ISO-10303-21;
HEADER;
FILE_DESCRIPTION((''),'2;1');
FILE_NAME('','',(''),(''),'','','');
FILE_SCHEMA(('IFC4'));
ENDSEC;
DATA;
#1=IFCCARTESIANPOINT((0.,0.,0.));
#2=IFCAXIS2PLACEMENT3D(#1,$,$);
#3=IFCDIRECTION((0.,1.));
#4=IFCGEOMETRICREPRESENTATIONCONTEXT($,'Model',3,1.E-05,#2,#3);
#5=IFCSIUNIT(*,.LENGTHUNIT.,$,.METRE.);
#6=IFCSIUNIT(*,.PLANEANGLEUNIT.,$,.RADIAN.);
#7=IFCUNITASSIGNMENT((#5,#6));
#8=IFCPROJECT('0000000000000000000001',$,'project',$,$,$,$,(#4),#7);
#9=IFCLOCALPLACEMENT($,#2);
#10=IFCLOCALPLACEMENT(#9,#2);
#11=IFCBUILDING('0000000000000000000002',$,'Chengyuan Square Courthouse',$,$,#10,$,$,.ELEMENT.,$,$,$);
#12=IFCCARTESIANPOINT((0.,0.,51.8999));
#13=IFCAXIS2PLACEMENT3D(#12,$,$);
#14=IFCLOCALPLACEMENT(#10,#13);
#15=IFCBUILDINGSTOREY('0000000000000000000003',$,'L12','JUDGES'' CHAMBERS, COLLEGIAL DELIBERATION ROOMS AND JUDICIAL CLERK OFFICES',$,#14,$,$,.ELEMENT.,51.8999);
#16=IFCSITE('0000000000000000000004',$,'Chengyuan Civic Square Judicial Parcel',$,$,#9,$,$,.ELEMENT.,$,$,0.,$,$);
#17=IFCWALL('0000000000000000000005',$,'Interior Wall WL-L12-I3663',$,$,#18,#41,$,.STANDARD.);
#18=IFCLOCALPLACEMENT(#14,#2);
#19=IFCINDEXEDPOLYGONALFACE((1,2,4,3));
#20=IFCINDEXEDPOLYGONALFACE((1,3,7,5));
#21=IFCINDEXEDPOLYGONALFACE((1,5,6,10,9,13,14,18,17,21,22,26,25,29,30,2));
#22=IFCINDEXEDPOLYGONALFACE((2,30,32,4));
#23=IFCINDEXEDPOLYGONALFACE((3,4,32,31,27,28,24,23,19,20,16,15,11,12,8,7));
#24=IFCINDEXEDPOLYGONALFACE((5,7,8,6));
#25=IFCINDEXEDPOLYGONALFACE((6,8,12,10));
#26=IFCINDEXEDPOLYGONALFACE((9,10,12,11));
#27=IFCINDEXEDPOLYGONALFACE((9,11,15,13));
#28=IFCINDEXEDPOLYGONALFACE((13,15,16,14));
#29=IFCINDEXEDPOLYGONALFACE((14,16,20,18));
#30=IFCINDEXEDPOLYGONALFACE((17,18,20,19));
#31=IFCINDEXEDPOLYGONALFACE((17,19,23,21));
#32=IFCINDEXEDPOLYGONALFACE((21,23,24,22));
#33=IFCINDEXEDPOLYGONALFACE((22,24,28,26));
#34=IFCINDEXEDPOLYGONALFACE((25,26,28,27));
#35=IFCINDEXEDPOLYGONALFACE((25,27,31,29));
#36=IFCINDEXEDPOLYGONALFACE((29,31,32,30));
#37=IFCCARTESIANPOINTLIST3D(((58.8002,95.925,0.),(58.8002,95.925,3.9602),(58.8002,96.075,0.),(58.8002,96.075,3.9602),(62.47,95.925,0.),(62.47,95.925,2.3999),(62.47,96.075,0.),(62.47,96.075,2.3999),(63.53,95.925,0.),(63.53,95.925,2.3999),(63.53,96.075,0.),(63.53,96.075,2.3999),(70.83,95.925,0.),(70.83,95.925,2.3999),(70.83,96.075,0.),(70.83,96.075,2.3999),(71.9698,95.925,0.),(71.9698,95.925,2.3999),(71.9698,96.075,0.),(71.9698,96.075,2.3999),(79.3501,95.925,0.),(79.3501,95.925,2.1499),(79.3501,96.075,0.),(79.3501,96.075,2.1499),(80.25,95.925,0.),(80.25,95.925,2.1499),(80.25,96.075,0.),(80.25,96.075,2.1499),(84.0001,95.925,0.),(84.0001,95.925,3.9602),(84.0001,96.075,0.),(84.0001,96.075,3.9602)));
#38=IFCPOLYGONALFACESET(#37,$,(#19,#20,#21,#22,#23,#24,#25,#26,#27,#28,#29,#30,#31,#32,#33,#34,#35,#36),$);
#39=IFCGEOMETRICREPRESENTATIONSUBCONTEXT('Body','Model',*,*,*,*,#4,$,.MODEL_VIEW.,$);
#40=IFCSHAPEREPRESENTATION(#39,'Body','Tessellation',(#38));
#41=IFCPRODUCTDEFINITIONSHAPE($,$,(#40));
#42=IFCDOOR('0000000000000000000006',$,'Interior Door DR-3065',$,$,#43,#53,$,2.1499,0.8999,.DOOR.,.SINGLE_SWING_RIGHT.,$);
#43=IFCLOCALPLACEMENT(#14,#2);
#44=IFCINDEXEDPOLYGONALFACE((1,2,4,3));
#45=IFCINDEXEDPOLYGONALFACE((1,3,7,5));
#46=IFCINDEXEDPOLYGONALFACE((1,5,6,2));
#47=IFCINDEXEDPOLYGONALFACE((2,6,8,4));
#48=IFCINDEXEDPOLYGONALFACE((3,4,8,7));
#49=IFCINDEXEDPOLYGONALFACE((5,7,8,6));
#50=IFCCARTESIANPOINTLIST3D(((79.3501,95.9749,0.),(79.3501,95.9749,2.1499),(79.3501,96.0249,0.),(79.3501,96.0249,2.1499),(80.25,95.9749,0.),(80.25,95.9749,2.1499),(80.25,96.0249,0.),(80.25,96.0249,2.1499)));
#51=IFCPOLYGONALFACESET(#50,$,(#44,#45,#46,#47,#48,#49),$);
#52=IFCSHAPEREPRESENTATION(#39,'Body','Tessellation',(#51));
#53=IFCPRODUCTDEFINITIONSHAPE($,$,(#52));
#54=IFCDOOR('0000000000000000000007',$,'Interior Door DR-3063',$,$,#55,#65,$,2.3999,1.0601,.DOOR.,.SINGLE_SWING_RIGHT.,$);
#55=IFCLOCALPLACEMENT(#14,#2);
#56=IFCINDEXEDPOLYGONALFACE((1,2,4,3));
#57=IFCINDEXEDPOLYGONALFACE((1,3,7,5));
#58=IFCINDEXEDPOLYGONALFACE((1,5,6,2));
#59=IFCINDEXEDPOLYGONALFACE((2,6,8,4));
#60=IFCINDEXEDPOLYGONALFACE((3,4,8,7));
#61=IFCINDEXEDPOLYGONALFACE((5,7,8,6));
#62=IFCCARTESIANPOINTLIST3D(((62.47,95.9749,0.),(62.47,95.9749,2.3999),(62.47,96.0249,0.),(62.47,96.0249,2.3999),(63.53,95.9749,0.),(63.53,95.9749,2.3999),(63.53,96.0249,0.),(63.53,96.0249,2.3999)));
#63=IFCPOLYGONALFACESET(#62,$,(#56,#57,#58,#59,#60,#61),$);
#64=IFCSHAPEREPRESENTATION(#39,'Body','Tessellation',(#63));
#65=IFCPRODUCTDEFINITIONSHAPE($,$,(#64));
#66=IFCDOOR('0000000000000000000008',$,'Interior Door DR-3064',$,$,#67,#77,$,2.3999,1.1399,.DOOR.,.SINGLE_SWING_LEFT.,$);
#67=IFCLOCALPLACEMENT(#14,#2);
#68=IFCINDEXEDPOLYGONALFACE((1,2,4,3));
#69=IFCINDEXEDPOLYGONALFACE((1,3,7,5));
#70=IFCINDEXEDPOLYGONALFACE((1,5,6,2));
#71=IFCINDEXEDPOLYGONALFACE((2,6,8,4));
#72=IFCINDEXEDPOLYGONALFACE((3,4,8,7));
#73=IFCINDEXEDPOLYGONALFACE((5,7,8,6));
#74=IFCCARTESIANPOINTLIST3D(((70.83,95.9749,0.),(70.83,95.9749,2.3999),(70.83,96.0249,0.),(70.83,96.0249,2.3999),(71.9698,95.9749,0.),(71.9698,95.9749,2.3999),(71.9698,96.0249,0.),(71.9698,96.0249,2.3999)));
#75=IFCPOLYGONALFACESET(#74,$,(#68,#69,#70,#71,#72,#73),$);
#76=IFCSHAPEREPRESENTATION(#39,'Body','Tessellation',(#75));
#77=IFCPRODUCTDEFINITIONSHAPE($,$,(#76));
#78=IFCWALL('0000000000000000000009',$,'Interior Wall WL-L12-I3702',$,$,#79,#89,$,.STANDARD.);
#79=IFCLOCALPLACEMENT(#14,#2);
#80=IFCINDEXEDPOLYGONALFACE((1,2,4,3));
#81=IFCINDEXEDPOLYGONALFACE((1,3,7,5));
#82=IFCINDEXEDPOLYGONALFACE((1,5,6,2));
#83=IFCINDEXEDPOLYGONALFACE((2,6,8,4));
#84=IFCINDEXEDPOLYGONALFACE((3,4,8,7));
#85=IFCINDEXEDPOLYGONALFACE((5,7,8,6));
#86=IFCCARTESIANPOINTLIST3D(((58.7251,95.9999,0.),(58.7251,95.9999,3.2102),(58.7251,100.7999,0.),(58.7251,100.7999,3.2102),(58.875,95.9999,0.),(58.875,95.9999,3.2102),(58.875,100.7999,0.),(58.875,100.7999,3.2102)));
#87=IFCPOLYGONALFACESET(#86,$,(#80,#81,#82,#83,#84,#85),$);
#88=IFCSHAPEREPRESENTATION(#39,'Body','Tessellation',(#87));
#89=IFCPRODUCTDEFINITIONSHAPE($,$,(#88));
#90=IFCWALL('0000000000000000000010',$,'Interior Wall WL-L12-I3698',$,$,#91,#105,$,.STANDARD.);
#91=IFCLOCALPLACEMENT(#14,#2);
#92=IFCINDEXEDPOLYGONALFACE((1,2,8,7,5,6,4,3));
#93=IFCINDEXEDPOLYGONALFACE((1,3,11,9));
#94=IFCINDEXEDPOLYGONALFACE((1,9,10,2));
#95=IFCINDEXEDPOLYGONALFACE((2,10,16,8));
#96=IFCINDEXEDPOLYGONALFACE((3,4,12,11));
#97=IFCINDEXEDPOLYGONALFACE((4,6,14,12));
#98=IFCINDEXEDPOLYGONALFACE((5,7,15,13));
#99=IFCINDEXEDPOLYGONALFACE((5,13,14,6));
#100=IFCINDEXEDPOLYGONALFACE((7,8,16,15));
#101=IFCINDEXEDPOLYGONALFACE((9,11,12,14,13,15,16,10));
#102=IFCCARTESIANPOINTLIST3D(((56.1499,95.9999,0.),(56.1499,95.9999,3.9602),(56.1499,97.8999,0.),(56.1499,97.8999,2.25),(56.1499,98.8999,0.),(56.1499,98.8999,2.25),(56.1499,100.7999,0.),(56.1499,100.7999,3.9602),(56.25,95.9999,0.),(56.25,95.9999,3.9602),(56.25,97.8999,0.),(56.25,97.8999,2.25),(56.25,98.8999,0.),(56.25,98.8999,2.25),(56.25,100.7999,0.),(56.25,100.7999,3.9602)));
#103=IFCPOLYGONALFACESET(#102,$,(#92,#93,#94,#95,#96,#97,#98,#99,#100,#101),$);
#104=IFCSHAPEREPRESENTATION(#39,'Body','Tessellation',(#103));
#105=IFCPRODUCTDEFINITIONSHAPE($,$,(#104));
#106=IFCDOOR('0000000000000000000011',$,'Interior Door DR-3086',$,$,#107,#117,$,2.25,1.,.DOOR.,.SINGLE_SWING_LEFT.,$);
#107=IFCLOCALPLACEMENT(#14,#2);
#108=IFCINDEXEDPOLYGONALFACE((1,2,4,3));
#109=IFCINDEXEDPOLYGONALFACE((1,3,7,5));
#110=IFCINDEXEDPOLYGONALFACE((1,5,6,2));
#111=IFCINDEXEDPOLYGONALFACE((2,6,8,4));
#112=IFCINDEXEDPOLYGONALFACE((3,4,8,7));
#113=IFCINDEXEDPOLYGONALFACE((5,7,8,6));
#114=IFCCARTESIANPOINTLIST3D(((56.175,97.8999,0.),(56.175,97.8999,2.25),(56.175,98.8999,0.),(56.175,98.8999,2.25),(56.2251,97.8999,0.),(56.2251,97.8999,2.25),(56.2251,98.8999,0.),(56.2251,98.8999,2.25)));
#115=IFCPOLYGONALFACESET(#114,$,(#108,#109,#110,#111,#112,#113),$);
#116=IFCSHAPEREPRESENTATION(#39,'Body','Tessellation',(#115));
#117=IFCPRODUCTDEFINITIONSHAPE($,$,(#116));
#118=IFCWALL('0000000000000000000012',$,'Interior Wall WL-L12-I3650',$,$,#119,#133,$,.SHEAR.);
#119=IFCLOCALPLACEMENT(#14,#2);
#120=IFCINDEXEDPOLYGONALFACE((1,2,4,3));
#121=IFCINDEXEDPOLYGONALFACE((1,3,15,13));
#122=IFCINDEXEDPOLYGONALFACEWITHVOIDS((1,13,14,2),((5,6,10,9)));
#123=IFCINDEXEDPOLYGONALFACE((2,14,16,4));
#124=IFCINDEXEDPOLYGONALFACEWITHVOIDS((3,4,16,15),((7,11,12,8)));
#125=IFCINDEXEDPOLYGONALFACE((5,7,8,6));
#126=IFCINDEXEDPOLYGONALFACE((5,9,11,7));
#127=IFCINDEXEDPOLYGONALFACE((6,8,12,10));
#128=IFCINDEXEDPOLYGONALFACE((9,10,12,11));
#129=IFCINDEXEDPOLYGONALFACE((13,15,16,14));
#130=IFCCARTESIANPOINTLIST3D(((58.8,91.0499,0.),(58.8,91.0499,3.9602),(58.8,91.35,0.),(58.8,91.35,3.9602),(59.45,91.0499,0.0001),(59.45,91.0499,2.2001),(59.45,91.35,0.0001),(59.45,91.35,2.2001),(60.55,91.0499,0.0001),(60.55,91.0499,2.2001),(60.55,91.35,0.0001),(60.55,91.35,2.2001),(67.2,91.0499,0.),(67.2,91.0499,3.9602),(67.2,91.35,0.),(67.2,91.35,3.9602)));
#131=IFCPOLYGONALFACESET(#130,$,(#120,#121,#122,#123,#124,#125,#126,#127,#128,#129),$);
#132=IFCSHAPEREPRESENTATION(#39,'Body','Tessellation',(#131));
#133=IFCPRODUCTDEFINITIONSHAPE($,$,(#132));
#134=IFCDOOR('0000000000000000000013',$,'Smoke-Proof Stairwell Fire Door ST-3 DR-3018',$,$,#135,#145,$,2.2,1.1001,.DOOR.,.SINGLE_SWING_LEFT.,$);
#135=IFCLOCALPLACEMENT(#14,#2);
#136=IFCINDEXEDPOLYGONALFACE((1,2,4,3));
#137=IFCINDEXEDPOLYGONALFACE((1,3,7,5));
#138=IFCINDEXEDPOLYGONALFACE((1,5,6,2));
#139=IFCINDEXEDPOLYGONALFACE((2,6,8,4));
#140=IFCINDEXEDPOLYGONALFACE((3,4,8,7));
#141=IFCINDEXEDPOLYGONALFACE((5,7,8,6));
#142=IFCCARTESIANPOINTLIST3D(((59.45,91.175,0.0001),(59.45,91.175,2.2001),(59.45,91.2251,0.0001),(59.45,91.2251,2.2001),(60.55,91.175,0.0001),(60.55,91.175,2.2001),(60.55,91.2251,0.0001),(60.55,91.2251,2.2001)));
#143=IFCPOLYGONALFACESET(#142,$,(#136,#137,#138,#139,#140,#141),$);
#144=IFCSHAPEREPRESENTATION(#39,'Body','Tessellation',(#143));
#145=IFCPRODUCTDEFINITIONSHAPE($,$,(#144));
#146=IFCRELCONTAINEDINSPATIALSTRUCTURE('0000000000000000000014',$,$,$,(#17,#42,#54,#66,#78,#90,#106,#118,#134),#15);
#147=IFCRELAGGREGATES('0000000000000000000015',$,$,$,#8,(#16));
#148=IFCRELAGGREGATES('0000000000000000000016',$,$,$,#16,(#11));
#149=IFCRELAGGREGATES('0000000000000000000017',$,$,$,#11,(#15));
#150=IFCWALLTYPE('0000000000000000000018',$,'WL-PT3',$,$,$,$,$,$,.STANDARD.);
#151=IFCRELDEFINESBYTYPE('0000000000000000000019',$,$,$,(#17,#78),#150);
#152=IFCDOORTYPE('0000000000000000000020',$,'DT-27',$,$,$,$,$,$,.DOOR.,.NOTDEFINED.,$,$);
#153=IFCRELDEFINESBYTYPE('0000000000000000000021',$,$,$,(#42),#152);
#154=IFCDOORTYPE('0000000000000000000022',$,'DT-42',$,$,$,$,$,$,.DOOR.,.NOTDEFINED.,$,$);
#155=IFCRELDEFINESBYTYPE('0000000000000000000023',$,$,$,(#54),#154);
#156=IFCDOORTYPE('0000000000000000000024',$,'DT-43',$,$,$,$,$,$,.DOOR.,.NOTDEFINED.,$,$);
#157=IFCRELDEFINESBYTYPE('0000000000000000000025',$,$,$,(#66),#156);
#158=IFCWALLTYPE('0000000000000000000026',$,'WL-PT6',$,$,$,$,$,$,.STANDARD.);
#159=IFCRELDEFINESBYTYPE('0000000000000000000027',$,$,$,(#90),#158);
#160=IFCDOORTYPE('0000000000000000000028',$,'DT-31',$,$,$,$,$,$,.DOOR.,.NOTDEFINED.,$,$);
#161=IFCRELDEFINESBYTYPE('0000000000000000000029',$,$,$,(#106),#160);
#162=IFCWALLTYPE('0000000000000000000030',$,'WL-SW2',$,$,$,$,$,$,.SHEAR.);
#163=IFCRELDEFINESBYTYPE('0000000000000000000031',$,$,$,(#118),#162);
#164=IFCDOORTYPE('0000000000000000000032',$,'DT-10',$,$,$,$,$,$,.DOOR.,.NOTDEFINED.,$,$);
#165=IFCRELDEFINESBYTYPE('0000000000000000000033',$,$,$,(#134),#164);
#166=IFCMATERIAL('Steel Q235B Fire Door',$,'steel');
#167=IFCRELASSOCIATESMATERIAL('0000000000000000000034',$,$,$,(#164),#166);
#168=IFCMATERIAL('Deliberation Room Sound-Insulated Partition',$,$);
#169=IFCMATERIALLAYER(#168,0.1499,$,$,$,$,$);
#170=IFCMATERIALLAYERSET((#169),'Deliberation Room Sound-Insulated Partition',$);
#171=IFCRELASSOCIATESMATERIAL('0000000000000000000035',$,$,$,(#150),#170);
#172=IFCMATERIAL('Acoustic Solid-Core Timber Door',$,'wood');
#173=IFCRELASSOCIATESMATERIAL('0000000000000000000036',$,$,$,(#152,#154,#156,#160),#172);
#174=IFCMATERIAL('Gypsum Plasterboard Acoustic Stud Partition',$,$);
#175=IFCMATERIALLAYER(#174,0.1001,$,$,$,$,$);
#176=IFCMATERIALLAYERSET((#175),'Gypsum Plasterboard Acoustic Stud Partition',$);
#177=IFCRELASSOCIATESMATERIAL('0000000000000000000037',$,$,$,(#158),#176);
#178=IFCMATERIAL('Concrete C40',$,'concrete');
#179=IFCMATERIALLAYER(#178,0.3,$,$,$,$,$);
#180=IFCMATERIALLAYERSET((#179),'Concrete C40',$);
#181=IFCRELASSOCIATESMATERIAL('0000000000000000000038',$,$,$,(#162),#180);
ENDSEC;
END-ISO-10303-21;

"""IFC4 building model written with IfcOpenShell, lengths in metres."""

from ifc_helpers import new_model, si_unit, direction, frame, frame_2d, origin, place, context, subcontext, project, spatial, rectangle, extrude, material, layer, layer_set, type_object, element, fill, save


model = new_model("IFC4")

# Units and contexts
model_context = context("Model", 3, precision=1e-05, world=origin(), true_north=direction((0.0, 1.0)))
body_context = subcontext(model_context, "Body", "Model", "MODEL_VIEW")
ifc_project = project(units=[si_unit("LENGTHUNIT", "METRE"), si_unit("PLANEANGLEUNIT", "RADIAN")], contexts=[model_context])

# Site, building, storey
site_placement = place(None, origin())
site = spatial("IfcSite", under=ifc_project, at=site_placement, Name="Chengyuan Civic Square Judicial Parcel", CompositionType="ELEMENT", RefElevation=0.0)
building_placement = place(site_placement, origin())
building = spatial("IfcBuilding", under=site, at=building_placement, Name="Chengyuan Square Courthouse", CompositionType="ELEMENT")
storey_placement = place(building_placement, frame((0.0, 0.0, 51.8999)))
storey = spatial("IfcBuildingStorey", under=building, at=storey_placement, Name="L12", Description="JUDGES' CHAMBERS, COLLEGIAL DELIBERATION ROOMS AND JUDICIAL CLERK OFFICES", CompositionType="ELEMENT", Elevation=51.8999)

# Shared definitions
ifc_material_1 = material(Name="Concrete C40", Category="concrete")

# Shared definitions
ifc_material_2 = material(Name="Steel Q235B Fire Door", Category="steel")
door_type_1 = type_object("IfcDoorType", Name="DT-10", OperationType="NOTDEFINED", PredefinedType="DOOR", material=ifc_material_2)
ifc_material_3 = material(Name="Deliberation Room Sound-Insulated Partition")
ifc_layer_1 = layer(ifc_material_3, 0.1499)
ifc_layer_set_1 = layer_set([ifc_layer_1], Name="Deliberation Room Sound-Insulated Partition")
wall_type_1 = type_object("IfcWallType", Name="WL-PT3", PredefinedType="STANDARD", material=ifc_layer_set_1)
ifc_material_4 = material(Name="Acoustic Solid-Core Timber Door", Category="wood")

# Wall, openings, doors
wall_1_placement = place(storey_placement, frame((58.8, 96.0, 0.0), z_axis=(0.0, 0.0, 1.0), x_axis=(1.0, 0.0, 0.0)))
wall_1 = element("IfcWall", 1, at=wall_1_placement, inside=storey, type_object=wall_type_1, Name="Interior Wall WL-L12-I3663", PredefinedType="STANDARD", context=body_context, shape_type="SweptSolid", body=[
    extrude(rectangle(XDim=25.2, YDim=0.1499, at=frame_2d((12.6001, 0.0))), origin(), (0.0, 0.0, 1.0), 3.9602),
])
opening_1_placement = place(wall_1_placement, frame((3.6699, 0.0, 0.0)))
opening_1 = element("IfcOpeningElement", 2, at=opening_1_placement, cuts=wall_1, PredefinedType="OPENING", context=body_context, shape_type="SweptSolid", body=[
    extrude(rectangle(XDim=1.0601, YDim=2.3999, at=frame_2d((0.53, 1.2))), frame((0.0, 0.0869, 0.0), z_axis=(0.0, -1.0, 0.0), x_axis=(1.0, 0.0, 0.0)), (0.0, 0.0, 1.0), 0.1738),
])
opening_2_placement = place(wall_1_placement, frame((12.03, 0.0, 0.0)))
opening_2 = element("IfcOpeningElement", 3, at=opening_2_placement, cuts=wall_1, PredefinedType="OPENING", context=body_context, shape_type="SweptSolid", body=[
    extrude(rectangle(XDim=1.1399, YDim=2.3999, at=frame_2d((0.5698, 1.2))), frame((0.0, 0.0869, 0.0), z_axis=(0.0, -1.0, 0.0), x_axis=(1.0, 0.0, 0.0)), (0.0, 0.0, 1.0), 0.1738),
])
opening_3_placement = place(wall_1_placement, frame((20.55, 0.0, 0.0)))
opening_3 = element("IfcOpeningElement", 4, at=opening_3_placement, cuts=wall_1, PredefinedType="OPENING", context=body_context, shape_type="SweptSolid", body=[
    extrude(rectangle(XDim=0.8999, YDim=2.1499, at=frame_2d((0.45, 1.075))), frame((0.0, 0.0869, 0.0), z_axis=(0.0, -1.0, 0.0), x_axis=(1.0, 0.0, 0.0)), (0.0, 0.0, 1.0), 0.1738),
])
door_type_2 = type_object("IfcDoorType", Name="DT-27", OperationType="NOTDEFINED", PredefinedType="DOOR", material=ifc_material_4)
door_1_placement = place(opening_3_placement, origin())
door_1 = element("IfcDoor", 5, at=door_1_placement, inside=storey, type_object=door_type_2, Name="Interior Door DR-3065", OperationType="SINGLE_SWING_RIGHT", OverallHeight=2.1499, OverallWidth=0.8999, PredefinedType="DOOR", context=body_context, shape_type="SweptSolid", body=[
    extrude(rectangle(XDim=0.8999, YDim=2.1499, at=frame_2d((0.45, 1.075))), frame((0.0, 0.0249, 0.0), z_axis=(0.0, -1.0, 0.0), x_axis=(1.0, 0.0, 0.0)), (0.0, 0.0, 1.0), 0.05),
])
fill(opening_3, door_1)
door_type_3 = type_object("IfcDoorType", Name="DT-42", OperationType="NOTDEFINED", PredefinedType="DOOR", material=ifc_material_4)
door_2_placement = place(opening_1_placement, origin())
door_2 = element("IfcDoor", 6, at=door_2_placement, inside=storey, type_object=door_type_3, Name="Interior Door DR-3063", OperationType="SINGLE_SWING_RIGHT", OverallHeight=2.3999, OverallWidth=1.0601, PredefinedType="DOOR", context=body_context, shape_type="SweptSolid", body=[
    extrude(rectangle(XDim=1.0601, YDim=2.3999, at=frame_2d((0.53, 1.2))), frame((0.0, 0.0249, 0.0), z_axis=(0.0, -1.0, 0.0), x_axis=(1.0, 0.0, 0.0)), (0.0, 0.0, 1.0), 0.05),
])
fill(opening_1, door_2)
door_type_4 = type_object("IfcDoorType", Name="DT-43", OperationType="NOTDEFINED", PredefinedType="DOOR", material=ifc_material_4)
door_3_placement = place(opening_2_placement, origin())
door_3 = element("IfcDoor", 7, at=door_3_placement, inside=storey, type_object=door_type_4, Name="Interior Door DR-3064", OperationType="SINGLE_SWING_LEFT", OverallHeight=2.3999, OverallWidth=1.1399, PredefinedType="DOOR", context=body_context, shape_type="SweptSolid", body=[
    extrude(rectangle(XDim=1.1399, YDim=2.3999, at=frame_2d((0.5698, 1.2))), frame((0.0, 0.0249, 0.0), z_axis=(0.0, -1.0, 0.0), x_axis=(1.0, 0.0, 0.0)), (0.0, 0.0, 1.0), 0.05),
])
fill(opening_2, door_3)

# Wall
wall_2_placement = place(storey_placement, frame((58.8, 96.0, 0.0), z_axis=(0.0, 0.0, 1.0), x_axis=(0.0, 1.0, 0.0)))
element("IfcWall", 8, at=wall_2_placement, inside=storey, type_object=wall_type_1, Name="Interior Wall WL-L12-I3702", PredefinedType="STANDARD", context=body_context, shape_type="SweptSolid", body=[
    extrude(rectangle(XDim=4.8, YDim=0.1499, at=frame_2d((2.3999, 0.0))), origin(), (0.0, 0.0, 1.0), 3.2102),
])

# Walls, openings, doors
ifc_material_5 = material(Name="Gypsum Plasterboard Acoustic Stud Partition")
ifc_layer_2 = layer(ifc_material_5, 0.1001)
ifc_layer_set_2 = layer_set([ifc_layer_2], Name="Gypsum Plasterboard Acoustic Stud Partition")
wall_type_2 = type_object("IfcWallType", Name="WL-PT6", PredefinedType="STANDARD", material=ifc_layer_set_2)
wall_3_placement = place(storey_placement, frame((56.2, 96.0, 0.0), z_axis=(0.0, 0.0, 1.0), x_axis=(0.0, 1.0, 0.0)))
wall_3 = element("IfcWall", 9, at=wall_3_placement, inside=storey, type_object=wall_type_2, Name="Interior Wall WL-L12-I3698", PredefinedType="STANDARD", context=body_context, shape_type="SweptSolid", body=[
    extrude(rectangle(XDim=4.8, YDim=0.1001, at=frame_2d((2.3999, 0.0))), origin(), (0.0, 0.0, 1.0), 3.9602),
])
opening_4_placement = place(wall_3_placement, frame((1.8999, 0.0, 0.0)))
opening_4 = element("IfcOpeningElement", 10, at=opening_4_placement, cuts=wall_3, PredefinedType="OPENING", context=body_context, shape_type="SweptSolid", body=[
    extrude(rectangle(XDim=1.0, YDim=2.25, at=frame_2d((0.5, 1.125))), frame((0.0, 0.062, 0.0), z_axis=(0.0, -1.0, 0.0), x_axis=(1.0, 0.0, 0.0)), (0.0, 0.0, 1.0), 0.124),
])
door_type_5 = type_object("IfcDoorType", Name="DT-31", OperationType="NOTDEFINED", PredefinedType="DOOR", material=ifc_material_4)
door_4_placement = place(opening_4_placement, origin())
door_4 = element("IfcDoor", 11, at=door_4_placement, inside=storey, type_object=door_type_5, Name="Interior Door DR-3086", OperationType="SINGLE_SWING_LEFT", OverallHeight=2.25, OverallWidth=1.0, PredefinedType="DOOR", context=body_context, shape_type="SweptSolid", body=[
    extrude(rectangle(XDim=1.0, YDim=2.25, at=frame_2d((0.5, 1.125))), frame((0.0, 0.0249, 0.0), z_axis=(0.0, -1.0, 0.0), x_axis=(1.0, 0.0, 0.0)), (0.0, 0.0, 1.0), 0.05),
])
fill(opening_4, door_4)
ifc_layer_3 = layer(ifc_material_1, 0.3)
ifc_layer_set_3 = layer_set([ifc_layer_3], Name="Concrete C40")
wall_type_3 = type_object("IfcWallType", Name="WL-SW2", PredefinedType="SHEAR", material=ifc_layer_set_3)
wall_4_placement = place(storey_placement, frame((58.8, 91.2, 0.0), z_axis=(0.0, 0.0, 1.0), x_axis=(1.0, 0.0, 0.0)))
wall_4 = element("IfcWall", 12, at=wall_4_placement, inside=storey, type_object=wall_type_3, Name="Interior Wall WL-L12-I3650", PredefinedType="SHEAR", context=body_context, shape_type="SweptSolid", body=[
    extrude(rectangle(XDim=8.3999, YDim=0.3, at=frame_2d((4.2, 0.0))), origin(), (0.0, 0.0, 1.0), 3.9602),
])
opening_5_placement = place(wall_4_placement, frame((0.6499, 0.0, 0.0)))
opening_5 = element("IfcOpeningElement", 13, at=opening_5_placement, cuts=wall_4, PredefinedType="OPENING", context=body_context, shape_type="SweptSolid", body=[
    extrude(rectangle(XDim=1.1001, YDim=2.2, at=frame_2d((0.55, 1.1001))), frame((0.0, 0.1621, 0.0), z_axis=(0.0, -1.0, 0.0), x_axis=(1.0, 0.0, 0.0)), (0.0, 0.0, 1.0), 0.324),
])
door_5_placement = place(opening_5_placement, frame((1.1001, 0.0, 0.0), z_axis=(0.0, 0.0, 1.0), x_axis=(-1.0, 0.0, 0.0)))
door_5 = element("IfcDoor", 14, at=door_5_placement, inside=storey, type_object=door_type_1, Name="Smoke-Proof Stairwell Fire Door ST-3 DR-3018", OperationType="SINGLE_SWING_LEFT", OverallHeight=2.2, OverallWidth=1.1001, PredefinedType="DOOR", context=body_context, shape_type="SweptSolid", body=[
    extrude(rectangle(XDim=1.1001, YDim=2.2, at=frame_2d((0.55, 1.1001))), frame((0.0, 0.0249, 0.0), z_axis=(0.0, -1.0, 0.0), x_axis=(1.0, 0.0, 0.0)), (0.0, 0.0, 1.0), 0.05),
])
fill(opening_5, door_5)

save(model, "model.ifc")
